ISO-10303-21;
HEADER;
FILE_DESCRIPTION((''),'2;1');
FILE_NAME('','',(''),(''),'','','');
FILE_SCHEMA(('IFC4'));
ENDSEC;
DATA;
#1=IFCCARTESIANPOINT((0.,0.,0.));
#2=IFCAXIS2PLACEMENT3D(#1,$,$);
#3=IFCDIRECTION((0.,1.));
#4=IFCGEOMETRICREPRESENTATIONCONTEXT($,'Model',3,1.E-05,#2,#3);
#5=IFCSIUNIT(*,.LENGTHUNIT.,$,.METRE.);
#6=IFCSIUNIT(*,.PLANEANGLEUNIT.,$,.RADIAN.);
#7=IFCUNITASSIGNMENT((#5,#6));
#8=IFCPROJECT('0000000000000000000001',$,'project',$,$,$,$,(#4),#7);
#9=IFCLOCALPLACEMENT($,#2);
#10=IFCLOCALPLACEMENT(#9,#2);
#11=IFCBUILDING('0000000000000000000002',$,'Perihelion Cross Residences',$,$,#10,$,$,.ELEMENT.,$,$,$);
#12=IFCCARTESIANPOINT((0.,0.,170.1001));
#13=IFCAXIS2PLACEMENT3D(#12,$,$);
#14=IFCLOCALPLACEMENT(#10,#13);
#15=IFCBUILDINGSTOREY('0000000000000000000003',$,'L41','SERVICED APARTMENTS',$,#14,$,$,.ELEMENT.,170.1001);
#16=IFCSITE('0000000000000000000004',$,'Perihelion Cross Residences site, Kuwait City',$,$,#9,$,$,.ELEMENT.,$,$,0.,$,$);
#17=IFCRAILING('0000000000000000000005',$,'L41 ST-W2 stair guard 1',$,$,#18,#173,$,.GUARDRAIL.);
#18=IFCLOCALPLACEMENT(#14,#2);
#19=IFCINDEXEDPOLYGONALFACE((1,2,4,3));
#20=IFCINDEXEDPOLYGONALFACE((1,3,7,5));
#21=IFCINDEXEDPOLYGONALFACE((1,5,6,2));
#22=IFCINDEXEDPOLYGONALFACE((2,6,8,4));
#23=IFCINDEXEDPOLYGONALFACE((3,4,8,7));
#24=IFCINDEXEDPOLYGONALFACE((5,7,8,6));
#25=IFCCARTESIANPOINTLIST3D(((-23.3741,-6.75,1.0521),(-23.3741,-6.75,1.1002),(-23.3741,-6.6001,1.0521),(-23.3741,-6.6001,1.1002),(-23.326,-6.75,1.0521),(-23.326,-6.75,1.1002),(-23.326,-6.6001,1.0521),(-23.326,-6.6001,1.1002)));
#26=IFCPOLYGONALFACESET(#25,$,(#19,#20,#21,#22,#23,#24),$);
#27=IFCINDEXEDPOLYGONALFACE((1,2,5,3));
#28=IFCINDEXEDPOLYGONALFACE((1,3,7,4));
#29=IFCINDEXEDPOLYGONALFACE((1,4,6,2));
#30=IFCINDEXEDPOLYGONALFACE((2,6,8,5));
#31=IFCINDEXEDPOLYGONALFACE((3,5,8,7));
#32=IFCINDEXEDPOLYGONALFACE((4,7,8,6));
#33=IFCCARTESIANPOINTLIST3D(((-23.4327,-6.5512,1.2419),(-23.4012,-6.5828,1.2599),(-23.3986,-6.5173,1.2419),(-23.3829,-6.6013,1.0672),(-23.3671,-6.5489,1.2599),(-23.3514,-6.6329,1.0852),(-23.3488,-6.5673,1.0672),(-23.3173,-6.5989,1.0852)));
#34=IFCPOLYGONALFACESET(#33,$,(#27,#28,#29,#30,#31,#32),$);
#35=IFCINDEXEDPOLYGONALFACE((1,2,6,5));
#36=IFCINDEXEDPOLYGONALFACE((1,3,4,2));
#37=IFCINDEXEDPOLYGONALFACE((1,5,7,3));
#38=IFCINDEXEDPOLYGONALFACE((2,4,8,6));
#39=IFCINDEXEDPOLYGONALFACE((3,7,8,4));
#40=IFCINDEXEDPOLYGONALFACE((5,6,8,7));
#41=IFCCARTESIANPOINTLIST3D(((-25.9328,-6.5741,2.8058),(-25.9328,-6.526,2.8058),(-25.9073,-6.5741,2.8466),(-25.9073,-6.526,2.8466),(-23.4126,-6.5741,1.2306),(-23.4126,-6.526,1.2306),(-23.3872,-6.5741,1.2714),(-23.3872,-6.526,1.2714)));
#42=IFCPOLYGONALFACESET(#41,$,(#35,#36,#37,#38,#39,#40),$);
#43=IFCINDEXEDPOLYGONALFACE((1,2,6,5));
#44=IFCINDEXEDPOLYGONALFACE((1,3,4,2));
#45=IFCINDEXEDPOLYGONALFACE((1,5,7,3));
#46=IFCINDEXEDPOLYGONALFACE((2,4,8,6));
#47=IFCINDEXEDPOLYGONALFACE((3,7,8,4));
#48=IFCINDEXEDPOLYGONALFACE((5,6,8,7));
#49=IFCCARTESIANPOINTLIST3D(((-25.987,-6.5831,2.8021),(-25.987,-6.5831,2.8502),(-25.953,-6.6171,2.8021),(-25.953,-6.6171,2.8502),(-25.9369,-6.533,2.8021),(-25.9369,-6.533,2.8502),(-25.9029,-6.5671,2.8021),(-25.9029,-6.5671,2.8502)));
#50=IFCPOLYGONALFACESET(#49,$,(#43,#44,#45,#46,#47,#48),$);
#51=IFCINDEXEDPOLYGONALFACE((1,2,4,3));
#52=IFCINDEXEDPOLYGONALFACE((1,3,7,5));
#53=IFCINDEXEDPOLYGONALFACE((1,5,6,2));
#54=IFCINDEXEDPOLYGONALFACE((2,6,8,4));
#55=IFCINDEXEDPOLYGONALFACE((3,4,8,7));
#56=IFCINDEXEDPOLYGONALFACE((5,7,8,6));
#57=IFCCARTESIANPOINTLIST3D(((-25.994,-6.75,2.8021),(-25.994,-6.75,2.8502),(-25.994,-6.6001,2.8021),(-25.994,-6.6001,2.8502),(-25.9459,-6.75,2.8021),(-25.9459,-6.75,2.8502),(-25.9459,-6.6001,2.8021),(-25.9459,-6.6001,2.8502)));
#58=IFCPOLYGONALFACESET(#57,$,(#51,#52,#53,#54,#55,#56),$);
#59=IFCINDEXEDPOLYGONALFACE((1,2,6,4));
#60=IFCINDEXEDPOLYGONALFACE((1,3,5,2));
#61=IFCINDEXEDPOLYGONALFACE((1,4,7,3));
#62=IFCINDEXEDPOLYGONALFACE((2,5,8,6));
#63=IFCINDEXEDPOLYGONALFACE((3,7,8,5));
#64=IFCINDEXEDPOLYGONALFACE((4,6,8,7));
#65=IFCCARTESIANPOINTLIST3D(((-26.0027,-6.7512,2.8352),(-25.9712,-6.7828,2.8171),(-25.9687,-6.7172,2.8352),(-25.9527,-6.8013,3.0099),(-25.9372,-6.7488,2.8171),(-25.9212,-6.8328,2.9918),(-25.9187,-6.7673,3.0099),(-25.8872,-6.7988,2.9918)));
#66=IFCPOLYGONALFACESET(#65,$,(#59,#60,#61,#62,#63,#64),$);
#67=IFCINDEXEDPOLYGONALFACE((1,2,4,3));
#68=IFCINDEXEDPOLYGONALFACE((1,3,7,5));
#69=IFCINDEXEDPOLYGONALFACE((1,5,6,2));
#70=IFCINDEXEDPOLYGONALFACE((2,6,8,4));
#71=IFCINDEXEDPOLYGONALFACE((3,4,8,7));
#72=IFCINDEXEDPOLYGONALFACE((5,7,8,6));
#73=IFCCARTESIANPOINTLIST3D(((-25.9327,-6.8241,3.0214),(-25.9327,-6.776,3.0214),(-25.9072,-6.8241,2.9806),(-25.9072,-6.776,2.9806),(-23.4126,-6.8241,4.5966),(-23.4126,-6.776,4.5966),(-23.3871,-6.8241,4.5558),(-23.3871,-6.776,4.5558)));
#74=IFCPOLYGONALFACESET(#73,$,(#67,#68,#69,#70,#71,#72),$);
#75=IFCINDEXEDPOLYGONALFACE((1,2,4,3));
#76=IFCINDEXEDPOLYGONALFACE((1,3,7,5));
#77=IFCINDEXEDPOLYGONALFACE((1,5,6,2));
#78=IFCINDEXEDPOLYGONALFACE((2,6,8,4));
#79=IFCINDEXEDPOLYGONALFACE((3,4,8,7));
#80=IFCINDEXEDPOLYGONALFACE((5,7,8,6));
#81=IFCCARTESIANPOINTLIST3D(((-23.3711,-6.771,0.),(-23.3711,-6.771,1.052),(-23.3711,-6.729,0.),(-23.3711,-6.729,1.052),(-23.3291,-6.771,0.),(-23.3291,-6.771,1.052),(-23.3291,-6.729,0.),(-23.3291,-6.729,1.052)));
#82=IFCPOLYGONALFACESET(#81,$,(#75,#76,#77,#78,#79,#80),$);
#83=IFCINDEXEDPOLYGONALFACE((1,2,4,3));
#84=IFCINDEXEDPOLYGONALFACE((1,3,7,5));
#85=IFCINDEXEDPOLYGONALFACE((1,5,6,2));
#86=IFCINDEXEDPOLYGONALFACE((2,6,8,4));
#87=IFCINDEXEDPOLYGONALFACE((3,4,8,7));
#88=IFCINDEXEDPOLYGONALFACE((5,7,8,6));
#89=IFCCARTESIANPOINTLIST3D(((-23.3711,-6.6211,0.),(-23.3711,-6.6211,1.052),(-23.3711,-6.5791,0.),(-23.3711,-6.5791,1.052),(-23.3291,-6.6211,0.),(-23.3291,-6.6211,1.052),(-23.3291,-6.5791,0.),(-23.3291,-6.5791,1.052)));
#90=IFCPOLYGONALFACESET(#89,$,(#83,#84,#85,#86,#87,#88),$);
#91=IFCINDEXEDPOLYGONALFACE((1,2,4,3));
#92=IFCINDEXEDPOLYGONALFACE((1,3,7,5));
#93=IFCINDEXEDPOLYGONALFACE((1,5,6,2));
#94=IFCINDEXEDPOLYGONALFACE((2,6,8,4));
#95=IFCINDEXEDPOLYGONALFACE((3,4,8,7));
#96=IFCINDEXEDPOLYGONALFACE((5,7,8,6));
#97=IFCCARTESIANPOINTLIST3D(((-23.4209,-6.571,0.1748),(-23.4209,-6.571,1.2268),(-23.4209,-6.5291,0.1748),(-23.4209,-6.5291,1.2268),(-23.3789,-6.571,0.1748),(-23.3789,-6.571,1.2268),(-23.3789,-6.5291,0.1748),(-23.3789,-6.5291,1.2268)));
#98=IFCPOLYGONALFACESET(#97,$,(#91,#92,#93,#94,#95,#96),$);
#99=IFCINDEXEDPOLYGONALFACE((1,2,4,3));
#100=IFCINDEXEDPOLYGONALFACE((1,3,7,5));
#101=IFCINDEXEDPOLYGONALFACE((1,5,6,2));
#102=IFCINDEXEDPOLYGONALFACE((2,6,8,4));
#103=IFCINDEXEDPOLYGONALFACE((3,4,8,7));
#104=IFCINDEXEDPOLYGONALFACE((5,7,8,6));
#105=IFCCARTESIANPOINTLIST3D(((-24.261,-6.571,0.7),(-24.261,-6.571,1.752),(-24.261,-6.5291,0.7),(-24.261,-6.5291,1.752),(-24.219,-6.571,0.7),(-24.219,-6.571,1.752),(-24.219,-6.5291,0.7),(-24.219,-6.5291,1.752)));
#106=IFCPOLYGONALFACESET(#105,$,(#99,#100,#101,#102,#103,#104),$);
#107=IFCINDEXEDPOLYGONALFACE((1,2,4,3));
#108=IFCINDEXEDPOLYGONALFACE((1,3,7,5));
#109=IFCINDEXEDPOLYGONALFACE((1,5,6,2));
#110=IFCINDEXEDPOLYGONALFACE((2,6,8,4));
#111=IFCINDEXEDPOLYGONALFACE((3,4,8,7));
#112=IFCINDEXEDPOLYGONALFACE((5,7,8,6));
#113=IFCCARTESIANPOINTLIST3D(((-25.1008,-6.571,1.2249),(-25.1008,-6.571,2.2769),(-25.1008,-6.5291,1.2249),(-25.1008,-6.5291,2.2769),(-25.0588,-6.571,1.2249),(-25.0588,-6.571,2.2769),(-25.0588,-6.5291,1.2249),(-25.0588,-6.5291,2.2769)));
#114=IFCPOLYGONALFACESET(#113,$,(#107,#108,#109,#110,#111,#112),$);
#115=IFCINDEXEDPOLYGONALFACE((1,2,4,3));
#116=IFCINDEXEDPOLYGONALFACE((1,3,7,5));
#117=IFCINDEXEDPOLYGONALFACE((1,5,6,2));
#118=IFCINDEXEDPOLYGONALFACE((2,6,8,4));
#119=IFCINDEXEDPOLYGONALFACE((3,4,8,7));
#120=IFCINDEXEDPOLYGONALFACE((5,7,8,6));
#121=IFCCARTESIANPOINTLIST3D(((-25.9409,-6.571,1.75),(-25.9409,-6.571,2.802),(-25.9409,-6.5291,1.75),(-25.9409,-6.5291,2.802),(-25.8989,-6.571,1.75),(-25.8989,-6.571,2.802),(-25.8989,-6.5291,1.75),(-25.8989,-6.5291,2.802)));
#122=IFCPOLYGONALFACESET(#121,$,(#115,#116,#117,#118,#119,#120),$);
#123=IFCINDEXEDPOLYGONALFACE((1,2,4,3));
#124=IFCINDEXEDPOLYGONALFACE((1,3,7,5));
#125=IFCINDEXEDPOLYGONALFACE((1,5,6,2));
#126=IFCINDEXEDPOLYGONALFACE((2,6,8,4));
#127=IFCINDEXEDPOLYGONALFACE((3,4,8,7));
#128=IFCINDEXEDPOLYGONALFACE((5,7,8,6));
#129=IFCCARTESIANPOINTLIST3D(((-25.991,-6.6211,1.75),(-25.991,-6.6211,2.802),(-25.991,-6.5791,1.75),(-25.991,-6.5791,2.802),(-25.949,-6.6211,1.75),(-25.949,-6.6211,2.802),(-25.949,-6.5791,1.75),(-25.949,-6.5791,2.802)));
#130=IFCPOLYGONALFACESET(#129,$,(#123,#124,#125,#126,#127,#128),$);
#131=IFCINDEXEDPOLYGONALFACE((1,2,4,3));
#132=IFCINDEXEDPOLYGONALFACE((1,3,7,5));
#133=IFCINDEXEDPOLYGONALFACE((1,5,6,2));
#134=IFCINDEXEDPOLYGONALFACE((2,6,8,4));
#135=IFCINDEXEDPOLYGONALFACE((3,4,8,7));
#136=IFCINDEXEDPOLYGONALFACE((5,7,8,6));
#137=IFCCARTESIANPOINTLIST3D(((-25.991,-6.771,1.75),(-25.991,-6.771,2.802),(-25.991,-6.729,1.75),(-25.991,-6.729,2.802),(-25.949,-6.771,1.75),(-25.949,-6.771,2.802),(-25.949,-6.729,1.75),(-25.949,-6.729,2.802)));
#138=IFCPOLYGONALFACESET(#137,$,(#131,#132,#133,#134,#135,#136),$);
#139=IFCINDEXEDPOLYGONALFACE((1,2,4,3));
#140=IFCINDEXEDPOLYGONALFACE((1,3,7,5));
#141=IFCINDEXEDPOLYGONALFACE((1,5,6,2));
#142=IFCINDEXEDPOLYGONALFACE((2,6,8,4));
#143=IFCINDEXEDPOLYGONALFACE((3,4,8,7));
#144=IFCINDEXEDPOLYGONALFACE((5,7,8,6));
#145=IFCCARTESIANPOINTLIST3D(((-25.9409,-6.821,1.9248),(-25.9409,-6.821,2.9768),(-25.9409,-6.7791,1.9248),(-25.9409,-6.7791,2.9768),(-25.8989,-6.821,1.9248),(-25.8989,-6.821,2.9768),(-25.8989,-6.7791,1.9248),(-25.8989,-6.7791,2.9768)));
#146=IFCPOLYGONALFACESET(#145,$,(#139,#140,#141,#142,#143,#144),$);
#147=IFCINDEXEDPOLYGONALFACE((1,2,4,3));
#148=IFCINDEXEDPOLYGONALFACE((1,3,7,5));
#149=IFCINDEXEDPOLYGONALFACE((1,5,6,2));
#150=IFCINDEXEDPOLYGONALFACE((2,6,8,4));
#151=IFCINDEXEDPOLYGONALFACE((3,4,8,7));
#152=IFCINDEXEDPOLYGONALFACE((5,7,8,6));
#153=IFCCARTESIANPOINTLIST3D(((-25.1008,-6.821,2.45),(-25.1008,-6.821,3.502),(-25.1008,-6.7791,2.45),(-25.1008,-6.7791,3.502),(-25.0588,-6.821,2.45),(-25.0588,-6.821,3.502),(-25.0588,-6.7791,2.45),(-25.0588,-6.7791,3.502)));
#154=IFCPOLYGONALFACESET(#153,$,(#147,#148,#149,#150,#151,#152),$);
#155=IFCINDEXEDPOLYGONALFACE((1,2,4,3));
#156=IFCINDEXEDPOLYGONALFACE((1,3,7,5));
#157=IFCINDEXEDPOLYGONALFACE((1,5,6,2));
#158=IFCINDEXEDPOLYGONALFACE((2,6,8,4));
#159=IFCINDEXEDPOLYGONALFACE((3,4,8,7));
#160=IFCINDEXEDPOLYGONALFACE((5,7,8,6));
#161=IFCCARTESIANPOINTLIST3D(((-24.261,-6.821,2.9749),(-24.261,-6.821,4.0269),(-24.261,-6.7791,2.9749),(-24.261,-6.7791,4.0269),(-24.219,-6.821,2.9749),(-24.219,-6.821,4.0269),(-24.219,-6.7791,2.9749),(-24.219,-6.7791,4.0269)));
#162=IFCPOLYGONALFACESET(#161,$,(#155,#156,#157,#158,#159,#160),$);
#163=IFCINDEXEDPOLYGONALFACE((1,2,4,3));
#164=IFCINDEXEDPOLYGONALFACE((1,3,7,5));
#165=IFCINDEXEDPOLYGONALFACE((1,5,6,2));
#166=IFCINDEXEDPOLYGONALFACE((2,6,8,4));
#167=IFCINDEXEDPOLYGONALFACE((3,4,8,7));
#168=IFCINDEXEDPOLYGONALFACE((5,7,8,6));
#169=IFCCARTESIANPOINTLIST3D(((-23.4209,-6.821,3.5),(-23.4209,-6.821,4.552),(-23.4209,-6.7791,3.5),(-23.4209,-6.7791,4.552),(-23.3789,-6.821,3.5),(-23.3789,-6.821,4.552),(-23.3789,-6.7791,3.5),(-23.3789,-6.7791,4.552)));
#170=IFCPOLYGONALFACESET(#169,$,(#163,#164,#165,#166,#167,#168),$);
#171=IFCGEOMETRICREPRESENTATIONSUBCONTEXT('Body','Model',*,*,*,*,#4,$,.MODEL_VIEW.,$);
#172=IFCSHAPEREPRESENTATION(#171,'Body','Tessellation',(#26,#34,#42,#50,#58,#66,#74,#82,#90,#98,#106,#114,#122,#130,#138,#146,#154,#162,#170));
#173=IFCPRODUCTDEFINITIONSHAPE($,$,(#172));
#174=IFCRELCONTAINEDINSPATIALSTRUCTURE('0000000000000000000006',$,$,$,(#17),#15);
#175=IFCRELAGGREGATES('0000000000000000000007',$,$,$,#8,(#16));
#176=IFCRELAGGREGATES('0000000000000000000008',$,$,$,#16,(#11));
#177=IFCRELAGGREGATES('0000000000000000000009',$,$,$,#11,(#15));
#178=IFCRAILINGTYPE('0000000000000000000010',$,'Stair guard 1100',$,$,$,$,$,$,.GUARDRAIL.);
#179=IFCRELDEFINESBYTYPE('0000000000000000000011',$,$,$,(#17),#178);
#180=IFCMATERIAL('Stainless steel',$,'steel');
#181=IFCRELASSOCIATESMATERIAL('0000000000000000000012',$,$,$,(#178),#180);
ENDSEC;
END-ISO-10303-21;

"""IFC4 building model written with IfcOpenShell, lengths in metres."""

from ifc_helpers import new_model, si_unit, direction, frame, origin, origin_2d, place, context, subcontext, project, spatial, rectangle, extrude, material, type_object, element, save


model = new_model("IFC4")

# Units and contexts
model_context = context("Model", 3, precision=1e-05, world=origin(), true_north=direction((0.0, 1.0)))
body_context = subcontext(model_context, "Body", "Model", "MODEL_VIEW")
ifc_project = project(units=[si_unit("LENGTHUNIT", "METRE"), si_unit("PLANEANGLEUNIT", "RADIAN")], contexts=[model_context])

# Site, building, storey
site_placement = place(None, origin())
site = spatial("IfcSite", under=ifc_project, at=site_placement, Name="Perihelion Cross Residences site, Kuwait City", CompositionType="ELEMENT", RefElevation=0.0)
building_placement = place(site_placement, origin())
building = spatial("IfcBuilding", under=site, at=building_placement, Name="Perihelion Cross Residences", CompositionType="ELEMENT")
storey_placement = place(building_placement, frame((0.0, 0.0, 170.1001)))
storey = spatial("IfcBuildingStorey", under=building, at=storey_placement, Name="L41", Description="SERVICED APARTMENTS", CompositionType="ELEMENT", Elevation=170.1001)

# Railing
ifc_material_1 = material(Name="Stainless steel", Category="steel")
railing_type_1 = type_object("IfcRailingType", Name="Stair guard 1100", PredefinedType="GUARDRAIL", material=ifc_material_1)
railing_1_placement = place(storey_placement, frame((-23.3501, -6.75, 0.0)))
element("IfcRailing", 1, at=railing_1_placement, inside=storey, type_object=railing_type_1, Name="L41 ST-W2 stair guard 1", PredefinedType="GUARDRAIL", context=body_context, shape_type="SweptSolid", body=[
    extrude(rectangle(XDim=0.0481, YDim=0.0481, at=origin_2d()), frame((0.0, 0.0, 1.0762), z_axis=(0.0, 1.0, 0.0), x_axis=(-1.0, 0.0, 0.0)), (0.0, 0.0, 1.0), 0.1499),
    extrude(rectangle(XDim=0.0481, YDim=0.0481, at=origin_2d()), frame((0.0, 0.1499, 1.0762), z_axis=(-0.264179, 0.265474, 0.927218), x_axis=(-0.708834, -0.705376, 0.0)), (0.0, 0.0, 1.0), 0.1885),
    extrude(rectangle(XDim=0.0481, YDim=0.0481, at=origin_2d()), frame((-0.0498, 0.2, 1.251), z_axis=(-0.847971, 0.0, 0.530043), x_axis=(0.0, -1.0, 0.0)), (0.0, 0.0, 1.0), 2.9719),
    extrude(rectangle(XDim=0.0481, YDim=0.0481, at=origin_2d()), frame((-2.5698, 0.2, 2.8262), z_axis=(-0.707107, -0.707107, 0.0), x_axis=(0.707107, -0.707107, 0.0)), (0.0, 0.0, 1.0), 0.0708),
    extrude(rectangle(XDim=0.0481, YDim=0.0481, at=origin_2d()), frame((-2.6199, 0.1499, 2.8262), z_axis=(0.0, -1.0, 0.0), x_axis=(1.0, 0.0, 0.0)), (0.0, 0.0, 1.0), 0.1499),
    extrude(rectangle(XDim=0.0481, YDim=0.0481, at=origin_2d()), frame((-2.6199, 0.0, 2.8262), z_axis=(0.265383, -0.265383, 0.9269), x_axis=(0.707107, 0.707107, 0.0)), (0.0, 0.0, 1.0), 0.1885),
    extrude(rectangle(XDim=0.0481, YDim=0.0481, at=origin_2d()), frame((-2.5698, -0.05, 3.001), z_axis=(0.847971, 0.0, 0.530043), x_axis=(0.0, 1.0, 0.0)), (0.0, 0.0, 1.0), 2.9719),
    extrude(rectangle(XDim=0.042, YDim=0.042, at=origin_2d()), origin(), (0.0, 0.0, 1.0), 1.052),
    extrude(rectangle(XDim=0.042, YDim=0.042, at=origin_2d()), frame((0.0, 0.1499, 0.0)), (0.0, 0.0, 1.0), 1.052),
    extrude(rectangle(XDim=0.042, YDim=0.042, at=origin_2d()), frame((-0.0498, 0.2, 0.1748)), (0.0, 0.0, 1.0), 1.052),
    extrude(rectangle(XDim=0.042, YDim=0.042, at=origin_2d()), frame((-0.8899, 0.2, 0.7)), (0.0, 0.0, 1.0), 1.052),
    extrude(rectangle(XDim=0.042, YDim=0.042, at=origin_2d()), frame((-1.7297, 0.2, 1.2249)), (0.0, 0.0, 1.0), 1.052),
    extrude(rectangle(XDim=0.042, YDim=0.042, at=origin_2d()), frame((-2.5698, 0.2, 1.75)), (0.0, 0.0, 1.0), 1.052),
    extrude(rectangle(XDim=0.042, YDim=0.042, at=origin_2d()), frame((-2.6199, 0.1499, 1.75)), (0.0, 0.0, 1.0), 1.052),
    extrude(rectangle(XDim=0.042, YDim=0.042, at=origin_2d()), frame((-2.6199, 0.0, 1.75)), (0.0, 0.0, 1.0), 1.052),
    extrude(rectangle(XDim=0.042, YDim=0.042, at=origin_2d()), frame((-2.5698, -0.05, 1.9248)), (0.0, 0.0, 1.0), 1.052),
    extrude(rectangle(XDim=0.042, YDim=0.042, at=origin_2d()), frame((-1.7297, -0.05, 2.45)), (0.0, 0.0, 1.0), 1.052),
    extrude(rectangle(XDim=0.042, YDim=0.042, at=origin_2d()), frame((-0.8899, -0.05, 2.9749)), (0.0, 0.0, 1.0), 1.052),
    extrude(rectangle(XDim=0.042, YDim=0.042, at=origin_2d()), frame((-0.0498, -0.05, 3.5)), (0.0, 0.0, 1.0), 1.052),
])

save(model, "model.ifc")
